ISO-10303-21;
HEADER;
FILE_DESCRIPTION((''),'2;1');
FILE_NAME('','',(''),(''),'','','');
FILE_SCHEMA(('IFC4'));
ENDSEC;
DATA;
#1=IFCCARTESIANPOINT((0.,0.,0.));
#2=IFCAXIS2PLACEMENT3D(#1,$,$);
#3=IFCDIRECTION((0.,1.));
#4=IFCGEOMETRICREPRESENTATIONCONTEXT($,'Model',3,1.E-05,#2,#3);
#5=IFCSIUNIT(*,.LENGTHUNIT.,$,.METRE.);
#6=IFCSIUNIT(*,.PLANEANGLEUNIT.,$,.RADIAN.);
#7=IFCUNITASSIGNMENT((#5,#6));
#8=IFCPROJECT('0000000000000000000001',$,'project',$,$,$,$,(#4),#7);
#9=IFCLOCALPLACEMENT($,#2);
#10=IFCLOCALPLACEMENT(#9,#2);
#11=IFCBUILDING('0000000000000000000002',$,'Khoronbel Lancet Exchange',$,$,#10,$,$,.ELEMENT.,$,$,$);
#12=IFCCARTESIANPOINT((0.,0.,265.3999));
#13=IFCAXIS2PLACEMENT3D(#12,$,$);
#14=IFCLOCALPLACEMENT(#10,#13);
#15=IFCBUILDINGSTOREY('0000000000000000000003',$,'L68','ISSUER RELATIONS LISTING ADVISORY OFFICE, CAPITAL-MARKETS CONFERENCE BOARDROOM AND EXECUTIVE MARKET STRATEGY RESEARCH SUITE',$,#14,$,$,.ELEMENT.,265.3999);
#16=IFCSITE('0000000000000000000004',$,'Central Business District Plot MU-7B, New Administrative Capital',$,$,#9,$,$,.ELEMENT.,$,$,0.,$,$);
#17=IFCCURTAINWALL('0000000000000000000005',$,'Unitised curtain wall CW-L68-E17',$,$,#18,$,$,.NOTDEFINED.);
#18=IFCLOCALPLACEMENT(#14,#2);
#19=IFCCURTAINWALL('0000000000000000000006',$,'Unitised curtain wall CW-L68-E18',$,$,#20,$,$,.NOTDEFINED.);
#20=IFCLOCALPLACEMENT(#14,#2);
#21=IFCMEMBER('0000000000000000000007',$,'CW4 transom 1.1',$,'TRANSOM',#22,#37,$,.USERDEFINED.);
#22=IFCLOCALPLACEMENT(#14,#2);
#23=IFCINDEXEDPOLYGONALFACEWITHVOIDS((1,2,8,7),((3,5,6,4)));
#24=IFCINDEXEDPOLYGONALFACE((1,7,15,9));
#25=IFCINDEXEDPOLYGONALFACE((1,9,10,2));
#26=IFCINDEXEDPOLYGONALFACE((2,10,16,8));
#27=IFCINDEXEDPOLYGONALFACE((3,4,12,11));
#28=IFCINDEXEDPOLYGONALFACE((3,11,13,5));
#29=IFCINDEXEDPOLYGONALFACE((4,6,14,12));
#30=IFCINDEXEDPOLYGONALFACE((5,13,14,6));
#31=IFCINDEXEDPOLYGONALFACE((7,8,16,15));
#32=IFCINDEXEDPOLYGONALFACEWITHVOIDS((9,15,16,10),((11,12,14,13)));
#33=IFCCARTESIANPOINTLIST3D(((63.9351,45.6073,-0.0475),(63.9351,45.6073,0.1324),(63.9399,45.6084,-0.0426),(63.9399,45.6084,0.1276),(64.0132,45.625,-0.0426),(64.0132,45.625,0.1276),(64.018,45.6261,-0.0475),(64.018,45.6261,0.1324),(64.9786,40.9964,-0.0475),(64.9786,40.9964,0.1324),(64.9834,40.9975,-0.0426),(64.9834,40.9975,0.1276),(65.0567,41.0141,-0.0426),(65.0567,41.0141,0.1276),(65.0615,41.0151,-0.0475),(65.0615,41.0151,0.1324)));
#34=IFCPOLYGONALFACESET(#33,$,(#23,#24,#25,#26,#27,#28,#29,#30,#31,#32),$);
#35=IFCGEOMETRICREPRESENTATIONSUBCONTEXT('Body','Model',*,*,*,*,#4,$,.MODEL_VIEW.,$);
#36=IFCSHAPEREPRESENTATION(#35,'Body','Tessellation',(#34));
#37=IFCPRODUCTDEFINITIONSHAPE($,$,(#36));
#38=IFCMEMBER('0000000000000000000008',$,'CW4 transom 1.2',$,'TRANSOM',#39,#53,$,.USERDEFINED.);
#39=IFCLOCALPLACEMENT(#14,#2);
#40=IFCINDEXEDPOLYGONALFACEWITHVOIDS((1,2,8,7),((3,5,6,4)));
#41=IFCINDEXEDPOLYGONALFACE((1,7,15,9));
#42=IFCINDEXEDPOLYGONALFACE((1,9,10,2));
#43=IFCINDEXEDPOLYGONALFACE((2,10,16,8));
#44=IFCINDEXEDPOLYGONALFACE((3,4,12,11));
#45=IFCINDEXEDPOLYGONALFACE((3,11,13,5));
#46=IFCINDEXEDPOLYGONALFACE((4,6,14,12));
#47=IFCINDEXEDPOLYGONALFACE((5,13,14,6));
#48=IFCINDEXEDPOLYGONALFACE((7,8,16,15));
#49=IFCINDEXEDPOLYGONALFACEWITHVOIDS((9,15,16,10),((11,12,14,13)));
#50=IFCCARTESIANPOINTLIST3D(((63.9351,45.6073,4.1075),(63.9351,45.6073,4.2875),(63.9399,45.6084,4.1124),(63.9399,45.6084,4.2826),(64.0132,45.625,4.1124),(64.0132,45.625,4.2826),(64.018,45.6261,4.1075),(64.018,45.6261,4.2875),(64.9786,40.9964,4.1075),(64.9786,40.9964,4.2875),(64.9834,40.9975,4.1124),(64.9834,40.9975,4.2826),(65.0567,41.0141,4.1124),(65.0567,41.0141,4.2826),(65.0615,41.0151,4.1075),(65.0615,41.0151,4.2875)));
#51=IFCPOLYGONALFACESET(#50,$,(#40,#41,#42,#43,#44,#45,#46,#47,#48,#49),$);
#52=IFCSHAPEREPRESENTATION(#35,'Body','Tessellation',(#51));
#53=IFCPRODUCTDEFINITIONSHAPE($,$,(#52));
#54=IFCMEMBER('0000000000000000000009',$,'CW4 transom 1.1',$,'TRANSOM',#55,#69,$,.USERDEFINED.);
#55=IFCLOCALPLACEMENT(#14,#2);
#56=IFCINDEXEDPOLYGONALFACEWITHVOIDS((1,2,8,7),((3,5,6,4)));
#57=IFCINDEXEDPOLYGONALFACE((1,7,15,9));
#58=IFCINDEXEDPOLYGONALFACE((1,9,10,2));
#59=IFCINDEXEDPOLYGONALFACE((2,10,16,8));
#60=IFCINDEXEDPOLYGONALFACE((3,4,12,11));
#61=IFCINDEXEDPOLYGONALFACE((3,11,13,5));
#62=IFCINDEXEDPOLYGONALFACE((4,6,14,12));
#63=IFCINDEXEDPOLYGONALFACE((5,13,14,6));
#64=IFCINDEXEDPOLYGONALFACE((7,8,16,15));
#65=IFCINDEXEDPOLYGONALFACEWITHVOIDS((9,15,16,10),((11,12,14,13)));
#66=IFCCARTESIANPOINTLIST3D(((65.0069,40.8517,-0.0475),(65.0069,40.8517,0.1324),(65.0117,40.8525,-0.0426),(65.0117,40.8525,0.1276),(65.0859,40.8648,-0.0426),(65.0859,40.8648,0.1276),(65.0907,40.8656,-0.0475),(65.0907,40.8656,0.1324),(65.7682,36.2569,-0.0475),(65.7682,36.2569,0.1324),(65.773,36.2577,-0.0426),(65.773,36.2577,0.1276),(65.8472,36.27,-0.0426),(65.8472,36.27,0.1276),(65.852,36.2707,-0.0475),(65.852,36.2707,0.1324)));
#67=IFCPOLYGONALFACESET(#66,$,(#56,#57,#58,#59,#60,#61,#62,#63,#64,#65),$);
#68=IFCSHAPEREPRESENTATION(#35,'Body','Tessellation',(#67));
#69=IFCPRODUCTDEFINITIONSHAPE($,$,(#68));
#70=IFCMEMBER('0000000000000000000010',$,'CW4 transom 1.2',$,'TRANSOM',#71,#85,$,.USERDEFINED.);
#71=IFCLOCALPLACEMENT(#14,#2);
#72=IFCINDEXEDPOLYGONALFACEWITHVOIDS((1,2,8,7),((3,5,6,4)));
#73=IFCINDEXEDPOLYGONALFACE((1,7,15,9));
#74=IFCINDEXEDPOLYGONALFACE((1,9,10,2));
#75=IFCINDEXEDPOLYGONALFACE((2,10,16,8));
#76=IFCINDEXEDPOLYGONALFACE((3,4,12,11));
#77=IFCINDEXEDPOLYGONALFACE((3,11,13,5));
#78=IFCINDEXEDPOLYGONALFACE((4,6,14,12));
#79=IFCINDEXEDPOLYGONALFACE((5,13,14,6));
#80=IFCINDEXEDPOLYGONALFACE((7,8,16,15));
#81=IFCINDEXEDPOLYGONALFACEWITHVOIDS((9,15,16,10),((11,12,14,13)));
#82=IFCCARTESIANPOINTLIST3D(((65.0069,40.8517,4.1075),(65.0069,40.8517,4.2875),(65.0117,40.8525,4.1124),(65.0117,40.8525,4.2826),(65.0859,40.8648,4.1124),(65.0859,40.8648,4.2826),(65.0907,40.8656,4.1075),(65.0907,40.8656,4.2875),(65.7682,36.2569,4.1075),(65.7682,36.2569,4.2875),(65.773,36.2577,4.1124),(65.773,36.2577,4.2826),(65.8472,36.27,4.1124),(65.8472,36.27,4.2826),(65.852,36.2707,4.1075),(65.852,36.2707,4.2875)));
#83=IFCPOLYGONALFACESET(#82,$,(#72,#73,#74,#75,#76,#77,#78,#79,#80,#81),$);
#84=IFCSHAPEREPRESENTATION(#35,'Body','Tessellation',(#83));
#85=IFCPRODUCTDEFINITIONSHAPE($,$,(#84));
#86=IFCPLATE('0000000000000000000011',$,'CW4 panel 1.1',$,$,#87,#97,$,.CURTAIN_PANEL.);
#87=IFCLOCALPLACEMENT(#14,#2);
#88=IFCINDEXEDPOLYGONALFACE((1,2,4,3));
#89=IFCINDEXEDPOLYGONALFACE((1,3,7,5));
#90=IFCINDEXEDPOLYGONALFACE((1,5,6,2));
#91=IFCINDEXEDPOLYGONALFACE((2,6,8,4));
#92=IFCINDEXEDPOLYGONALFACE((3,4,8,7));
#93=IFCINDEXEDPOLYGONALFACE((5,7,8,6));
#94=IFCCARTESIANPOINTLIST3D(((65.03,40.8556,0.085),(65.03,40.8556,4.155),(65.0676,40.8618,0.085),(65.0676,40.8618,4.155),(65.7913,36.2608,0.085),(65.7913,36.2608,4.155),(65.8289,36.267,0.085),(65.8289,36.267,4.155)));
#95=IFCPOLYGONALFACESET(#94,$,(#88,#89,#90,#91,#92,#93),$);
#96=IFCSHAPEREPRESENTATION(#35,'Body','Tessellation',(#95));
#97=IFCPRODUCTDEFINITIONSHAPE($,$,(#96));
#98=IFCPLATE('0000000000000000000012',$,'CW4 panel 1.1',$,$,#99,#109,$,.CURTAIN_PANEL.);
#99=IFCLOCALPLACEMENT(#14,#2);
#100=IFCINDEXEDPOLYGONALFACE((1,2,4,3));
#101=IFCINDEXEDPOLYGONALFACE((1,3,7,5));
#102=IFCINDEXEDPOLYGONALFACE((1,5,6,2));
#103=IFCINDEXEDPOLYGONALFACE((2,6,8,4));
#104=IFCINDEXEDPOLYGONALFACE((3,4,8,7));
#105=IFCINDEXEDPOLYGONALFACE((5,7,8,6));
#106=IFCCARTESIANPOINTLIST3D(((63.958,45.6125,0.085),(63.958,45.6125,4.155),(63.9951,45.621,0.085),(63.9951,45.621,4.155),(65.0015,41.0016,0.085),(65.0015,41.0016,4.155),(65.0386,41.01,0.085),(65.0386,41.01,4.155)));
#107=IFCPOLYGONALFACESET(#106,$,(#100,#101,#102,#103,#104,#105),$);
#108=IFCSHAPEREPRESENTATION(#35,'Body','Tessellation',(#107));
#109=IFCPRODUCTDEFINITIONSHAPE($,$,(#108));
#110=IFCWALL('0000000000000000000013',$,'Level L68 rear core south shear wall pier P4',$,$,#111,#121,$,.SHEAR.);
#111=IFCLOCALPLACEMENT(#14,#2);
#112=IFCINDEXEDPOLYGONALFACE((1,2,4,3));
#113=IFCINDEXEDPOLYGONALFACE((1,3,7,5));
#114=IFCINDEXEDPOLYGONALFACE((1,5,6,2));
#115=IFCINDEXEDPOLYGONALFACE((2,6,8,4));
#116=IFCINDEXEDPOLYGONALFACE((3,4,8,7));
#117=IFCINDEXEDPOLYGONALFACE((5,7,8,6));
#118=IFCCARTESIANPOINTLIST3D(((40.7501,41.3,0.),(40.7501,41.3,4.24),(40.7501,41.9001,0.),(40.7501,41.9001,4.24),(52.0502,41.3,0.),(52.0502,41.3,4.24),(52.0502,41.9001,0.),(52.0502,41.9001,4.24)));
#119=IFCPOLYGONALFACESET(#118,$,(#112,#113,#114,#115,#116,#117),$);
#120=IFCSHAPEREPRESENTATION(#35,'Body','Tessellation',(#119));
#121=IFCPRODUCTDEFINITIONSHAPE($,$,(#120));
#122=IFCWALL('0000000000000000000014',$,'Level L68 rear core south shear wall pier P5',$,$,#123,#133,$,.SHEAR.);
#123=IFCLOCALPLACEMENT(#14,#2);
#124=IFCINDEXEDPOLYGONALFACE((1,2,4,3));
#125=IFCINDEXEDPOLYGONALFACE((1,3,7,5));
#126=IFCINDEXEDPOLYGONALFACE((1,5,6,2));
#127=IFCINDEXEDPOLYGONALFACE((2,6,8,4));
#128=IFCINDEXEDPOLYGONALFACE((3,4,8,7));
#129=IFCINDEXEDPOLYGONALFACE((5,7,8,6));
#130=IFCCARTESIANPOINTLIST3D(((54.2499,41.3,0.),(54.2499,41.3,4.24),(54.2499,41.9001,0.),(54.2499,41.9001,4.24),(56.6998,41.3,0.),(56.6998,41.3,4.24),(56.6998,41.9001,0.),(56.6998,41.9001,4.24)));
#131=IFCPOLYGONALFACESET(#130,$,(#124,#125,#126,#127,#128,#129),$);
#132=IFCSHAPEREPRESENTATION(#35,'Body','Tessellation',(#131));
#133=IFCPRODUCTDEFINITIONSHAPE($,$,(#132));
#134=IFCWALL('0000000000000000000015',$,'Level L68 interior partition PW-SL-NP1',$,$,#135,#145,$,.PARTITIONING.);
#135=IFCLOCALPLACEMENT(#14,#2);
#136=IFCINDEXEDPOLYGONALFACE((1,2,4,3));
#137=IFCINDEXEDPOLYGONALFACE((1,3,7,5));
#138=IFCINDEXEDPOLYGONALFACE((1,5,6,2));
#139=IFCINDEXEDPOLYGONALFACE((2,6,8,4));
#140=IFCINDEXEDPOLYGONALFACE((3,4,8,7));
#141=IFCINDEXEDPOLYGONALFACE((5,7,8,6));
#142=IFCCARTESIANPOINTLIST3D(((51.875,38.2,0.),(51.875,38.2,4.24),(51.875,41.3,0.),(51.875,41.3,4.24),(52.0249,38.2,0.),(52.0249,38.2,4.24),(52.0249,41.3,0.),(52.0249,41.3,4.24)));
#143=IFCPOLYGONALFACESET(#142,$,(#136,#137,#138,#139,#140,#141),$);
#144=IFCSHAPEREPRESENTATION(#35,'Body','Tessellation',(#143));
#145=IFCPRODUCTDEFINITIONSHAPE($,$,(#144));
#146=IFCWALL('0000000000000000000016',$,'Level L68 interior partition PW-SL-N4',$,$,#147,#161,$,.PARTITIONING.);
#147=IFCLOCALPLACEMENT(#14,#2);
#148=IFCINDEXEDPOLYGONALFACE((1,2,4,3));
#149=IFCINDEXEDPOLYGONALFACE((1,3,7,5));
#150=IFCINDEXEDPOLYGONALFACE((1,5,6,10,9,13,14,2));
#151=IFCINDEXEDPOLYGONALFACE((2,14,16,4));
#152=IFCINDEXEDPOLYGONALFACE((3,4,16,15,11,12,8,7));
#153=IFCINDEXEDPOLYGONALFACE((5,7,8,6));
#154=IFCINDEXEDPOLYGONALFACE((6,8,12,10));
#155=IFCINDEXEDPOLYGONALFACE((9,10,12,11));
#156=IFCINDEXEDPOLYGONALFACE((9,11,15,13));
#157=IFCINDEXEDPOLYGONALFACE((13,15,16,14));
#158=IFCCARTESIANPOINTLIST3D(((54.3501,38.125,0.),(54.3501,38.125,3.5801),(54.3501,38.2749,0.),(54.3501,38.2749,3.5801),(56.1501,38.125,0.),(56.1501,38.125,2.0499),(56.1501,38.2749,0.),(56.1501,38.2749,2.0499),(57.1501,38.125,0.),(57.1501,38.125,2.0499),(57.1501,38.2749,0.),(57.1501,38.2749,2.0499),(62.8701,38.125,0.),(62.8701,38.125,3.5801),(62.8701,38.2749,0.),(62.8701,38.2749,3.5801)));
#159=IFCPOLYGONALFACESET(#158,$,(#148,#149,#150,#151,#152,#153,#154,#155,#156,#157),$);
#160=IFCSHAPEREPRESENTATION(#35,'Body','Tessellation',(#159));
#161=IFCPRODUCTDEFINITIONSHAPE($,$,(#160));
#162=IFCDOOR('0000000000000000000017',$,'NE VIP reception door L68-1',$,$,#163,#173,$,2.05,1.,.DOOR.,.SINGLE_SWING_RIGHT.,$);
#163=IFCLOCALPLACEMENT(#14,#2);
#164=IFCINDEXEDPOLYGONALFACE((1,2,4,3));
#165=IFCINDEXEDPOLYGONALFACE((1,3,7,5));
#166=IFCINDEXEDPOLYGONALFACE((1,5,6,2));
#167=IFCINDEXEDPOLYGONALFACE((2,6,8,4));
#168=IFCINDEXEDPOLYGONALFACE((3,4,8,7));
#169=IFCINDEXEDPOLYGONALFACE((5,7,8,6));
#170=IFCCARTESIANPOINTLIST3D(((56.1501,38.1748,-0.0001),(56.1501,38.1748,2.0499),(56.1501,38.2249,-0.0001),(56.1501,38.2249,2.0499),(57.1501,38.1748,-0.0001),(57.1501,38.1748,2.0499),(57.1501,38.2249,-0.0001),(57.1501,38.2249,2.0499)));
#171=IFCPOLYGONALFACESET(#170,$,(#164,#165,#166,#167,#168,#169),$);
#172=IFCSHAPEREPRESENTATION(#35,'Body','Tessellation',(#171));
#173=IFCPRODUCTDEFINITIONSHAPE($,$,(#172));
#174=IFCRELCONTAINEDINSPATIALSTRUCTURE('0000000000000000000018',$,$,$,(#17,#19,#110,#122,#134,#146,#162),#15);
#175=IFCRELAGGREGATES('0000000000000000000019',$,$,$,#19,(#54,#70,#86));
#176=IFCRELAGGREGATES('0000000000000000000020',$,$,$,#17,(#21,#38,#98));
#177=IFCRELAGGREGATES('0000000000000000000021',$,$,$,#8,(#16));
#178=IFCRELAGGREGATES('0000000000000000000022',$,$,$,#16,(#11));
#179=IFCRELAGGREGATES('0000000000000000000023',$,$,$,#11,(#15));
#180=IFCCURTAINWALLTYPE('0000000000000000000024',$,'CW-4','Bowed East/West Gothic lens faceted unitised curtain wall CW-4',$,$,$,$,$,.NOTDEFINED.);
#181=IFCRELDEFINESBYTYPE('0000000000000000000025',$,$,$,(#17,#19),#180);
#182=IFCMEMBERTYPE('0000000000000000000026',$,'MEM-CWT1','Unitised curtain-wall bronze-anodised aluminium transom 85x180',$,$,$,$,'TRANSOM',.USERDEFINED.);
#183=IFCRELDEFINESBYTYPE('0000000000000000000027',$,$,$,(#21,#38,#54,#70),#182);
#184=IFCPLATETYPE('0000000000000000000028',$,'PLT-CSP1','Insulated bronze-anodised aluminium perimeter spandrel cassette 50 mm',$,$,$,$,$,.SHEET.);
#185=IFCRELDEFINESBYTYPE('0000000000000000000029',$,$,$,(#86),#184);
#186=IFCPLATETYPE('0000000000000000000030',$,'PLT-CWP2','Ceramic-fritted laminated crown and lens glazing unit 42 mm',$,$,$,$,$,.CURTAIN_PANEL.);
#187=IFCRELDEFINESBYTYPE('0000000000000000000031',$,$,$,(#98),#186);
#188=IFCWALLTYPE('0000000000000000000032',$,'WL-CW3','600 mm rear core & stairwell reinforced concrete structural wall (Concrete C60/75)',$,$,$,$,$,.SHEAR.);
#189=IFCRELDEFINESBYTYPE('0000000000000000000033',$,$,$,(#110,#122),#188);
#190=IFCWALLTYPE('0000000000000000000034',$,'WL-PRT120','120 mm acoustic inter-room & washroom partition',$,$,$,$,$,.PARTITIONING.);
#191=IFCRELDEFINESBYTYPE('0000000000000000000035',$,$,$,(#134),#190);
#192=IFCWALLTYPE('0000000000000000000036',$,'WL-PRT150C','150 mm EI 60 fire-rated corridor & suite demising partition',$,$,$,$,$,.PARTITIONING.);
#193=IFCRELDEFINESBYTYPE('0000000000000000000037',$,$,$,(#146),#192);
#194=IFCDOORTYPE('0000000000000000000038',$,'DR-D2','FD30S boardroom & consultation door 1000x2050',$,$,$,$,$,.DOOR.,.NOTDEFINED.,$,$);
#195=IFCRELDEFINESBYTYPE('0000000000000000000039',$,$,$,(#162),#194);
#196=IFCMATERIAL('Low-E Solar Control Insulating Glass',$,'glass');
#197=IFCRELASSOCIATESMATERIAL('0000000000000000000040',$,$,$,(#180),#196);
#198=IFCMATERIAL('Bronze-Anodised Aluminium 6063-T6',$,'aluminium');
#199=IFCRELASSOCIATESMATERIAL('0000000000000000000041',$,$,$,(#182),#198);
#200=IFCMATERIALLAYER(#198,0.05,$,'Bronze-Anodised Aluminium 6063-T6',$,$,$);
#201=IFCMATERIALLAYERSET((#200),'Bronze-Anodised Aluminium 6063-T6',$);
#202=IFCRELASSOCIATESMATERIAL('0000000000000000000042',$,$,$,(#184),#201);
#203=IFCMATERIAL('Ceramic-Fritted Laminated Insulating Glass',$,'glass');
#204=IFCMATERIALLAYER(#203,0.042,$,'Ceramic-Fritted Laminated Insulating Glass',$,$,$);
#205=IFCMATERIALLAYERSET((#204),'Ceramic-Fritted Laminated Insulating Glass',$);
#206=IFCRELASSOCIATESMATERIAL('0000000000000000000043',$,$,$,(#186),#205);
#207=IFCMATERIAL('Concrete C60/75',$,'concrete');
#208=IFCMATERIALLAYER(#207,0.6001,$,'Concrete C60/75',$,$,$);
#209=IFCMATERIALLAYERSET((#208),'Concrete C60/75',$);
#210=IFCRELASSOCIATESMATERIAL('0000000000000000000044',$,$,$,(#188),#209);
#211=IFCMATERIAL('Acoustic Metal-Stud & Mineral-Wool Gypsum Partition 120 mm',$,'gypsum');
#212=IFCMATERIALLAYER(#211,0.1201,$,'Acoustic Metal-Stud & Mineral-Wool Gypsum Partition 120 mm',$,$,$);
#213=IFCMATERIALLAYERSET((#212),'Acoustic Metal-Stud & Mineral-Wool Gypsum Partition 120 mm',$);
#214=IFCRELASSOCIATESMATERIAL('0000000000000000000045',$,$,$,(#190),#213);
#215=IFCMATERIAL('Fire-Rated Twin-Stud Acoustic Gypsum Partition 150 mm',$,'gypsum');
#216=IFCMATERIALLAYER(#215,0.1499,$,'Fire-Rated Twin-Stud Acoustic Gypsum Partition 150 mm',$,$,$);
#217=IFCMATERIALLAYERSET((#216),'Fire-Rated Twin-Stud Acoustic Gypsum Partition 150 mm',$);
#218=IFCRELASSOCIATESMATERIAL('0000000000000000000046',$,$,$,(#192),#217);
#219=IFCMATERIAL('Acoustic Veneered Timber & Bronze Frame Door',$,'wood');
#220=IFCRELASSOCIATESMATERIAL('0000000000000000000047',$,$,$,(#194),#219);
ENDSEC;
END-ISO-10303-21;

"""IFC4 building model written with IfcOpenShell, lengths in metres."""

from ifc_helpers import new_model, si_unit, direction, frame, frame_2d, origin, origin_2d, place, context, subcontext, project, spatial, rectangle, hollow_rectangle, extrude, material, layer, layer_set, material_profile, profile_set, type_object, element, fill, aggregate, save


model = new_model("IFC4")

# Units and contexts
model_context = context("Model", 3, precision=1e-05, world=origin(), true_north=direction((0.0, 1.0)))
body_context = subcontext(model_context, "Body", "Model", "MODEL_VIEW")
ifc_project = project(units=[si_unit("LENGTHUNIT", "METRE"), si_unit("PLANEANGLEUNIT", "RADIAN")], contexts=[model_context])

# Site, building, storey
site_placement = place(None, origin())
site = spatial("IfcSite", under=ifc_project, at=site_placement, Name="Central Business District Plot MU-7B, New Administrative Capital", CompositionType="ELEMENT", RefElevation=0.0)
building_placement = place(site_placement, origin())
building = spatial("IfcBuilding", under=site, at=building_placement, Name="Khoronbel Lancet Exchange", CompositionType="ELEMENT")
storey_placement = place(building_placement, frame((0.0, 0.0, 265.3999)))
storey = spatial("IfcBuildingStorey", under=building, at=storey_placement, Name="L68", Description="ISSUER RELATIONS LISTING ADVISORY OFFICE, CAPITAL-MARKETS CONFERENCE BOARDROOM AND EXECUTIVE MARKET STRATEGY RESEARCH SUITE", CompositionType="ELEMENT", Elevation=265.3999)

# Shared definitions
ifc_material_1 = material(Name="Concrete C60/75", Category="concrete")

# Curtain wall
ifc_material_2 = material(Name="Low-E Solar Control Insulating Glass", Category="glass")
curtain_wall_type = type_object("IfcCurtainWallType", Name="CW-4", Description="Bowed East/West Gothic lens faceted unitised curtain wall CW-4", PredefinedType="NOTDEFINED", material=ifc_material_2)
curtain_wall_1_placement = place(storey_placement, origin())
curtain_wall_1 = element("IfcCurtainWall", 1, at=curtain_wall_1_placement, inside=storey, type_object=curtain_wall_type, Name="Unitised curtain wall CW-L68-E17", PredefinedType="NOTDEFINED")
ifc_material_3 = material(Name="Bronze-Anodised Aluminium 6063-T6", Category="aluminium")

# Curtain wall
curtain_wall_2_placement = place(storey_placement, origin())
curtain_wall_2 = element("IfcCurtainWall", 2, at=curtain_wall_2_placement, inside=storey, type_object=curtain_wall_type, Name="Unitised curtain wall CW-L68-E18", PredefinedType="NOTDEFINED")

# Members
ifc_material_profile_1 = material_profile(ifc_material_3, hollow_rectangle(XDim=0.085, YDim=0.1799, WallThickness=0.0049, at=origin_2d()), Name="ALU TRANSOM 85x180")
ifc_profile_set_1 = profile_set([ifc_material_profile_1], Name="Bronze-Anodised Aluminium 6063-T6")
member_type_1 = type_object("IfcMemberType", Name="MEM-CWT1", Description="Unitised curtain-wall bronze-anodised aluminium transom 85x180", ElementType="TRANSOM", PredefinedType="USERDEFINED", material=ifc_profile_set_1)
member_1_placement = place(storey_placement, frame((63.9766, 45.6167, 0.0425), z_axis=(0.220724, -0.975336, 0.0), x_axis=(0.975336, 0.220724, 0.0)))
member_1 = element("IfcMember", 3, at=member_1_placement, type_object=member_type_1, Name="CW4 transom 1.1", ObjectType="TRANSOM", PredefinedType="USERDEFINED", context=body_context, shape_type="SweptSolid", body=[
    extrude(hollow_rectangle(XDim=0.085, YDim=0.1799, WallThickness=0.0049, at=origin_2d()), origin(), (0.0, 0.0, 1.0), 4.7275),
])
member_2_placement = place(storey_placement, frame((63.9766, 45.6167, 4.1975), z_axis=(0.220724, -0.975336, 0.0), x_axis=(0.975336, 0.220724, 0.0)))
member_2 = element("IfcMember", 4, at=member_2_placement, type_object=member_type_1, Name="CW4 transom 1.2", ObjectType="TRANSOM", PredefinedType="USERDEFINED", context=body_context, shape_type="SweptSolid", body=[
    extrude(hollow_rectangle(XDim=0.085, YDim=0.1799, WallThickness=0.0049, at=origin_2d()), origin(), (0.0, 0.0, 1.0), 4.7275),
])
member_3_placement = place(storey_placement, frame((65.0488, 40.8586, 0.0425), z_axis=(0.163447, -0.986552, 0.0), x_axis=(0.986552, 0.163447, 0.0)))
member_3 = element("IfcMember", 5, at=member_3_placement, type_object=member_type_1, Name="CW4 transom 1.1", ObjectType="TRANSOM", PredefinedType="USERDEFINED", context=body_context, shape_type="SweptSolid", body=[
    extrude(hollow_rectangle(XDim=0.085, YDim=0.1799, WallThickness=0.0049, at=origin_2d()), origin(), (0.0, 0.0, 1.0), 4.6575),
])
member_4_placement = place(storey_placement, frame((65.0488, 40.8586, 4.1975), z_axis=(0.163447, -0.986552, 0.0), x_axis=(0.986552, 0.163447, 0.0)))
member_4 = element("IfcMember", 6, at=member_4_placement, type_object=member_type_1, Name="CW4 transom 1.2", ObjectType="TRANSOM", PredefinedType="USERDEFINED", context=body_context, shape_type="SweptSolid", body=[
    extrude(hollow_rectangle(XDim=0.085, YDim=0.1799, WallThickness=0.0049, at=origin_2d()), origin(), (0.0, 0.0, 1.0), 4.6575),
])

# Plates
ifc_layer_1 = layer(ifc_material_3, 0.05, Name="Bronze-Anodised Aluminium 6063-T6")
ifc_layer_set_1 = layer_set([ifc_layer_1], Name="Bronze-Anodised Aluminium 6063-T6")
plate_type_1 = type_object("IfcPlateType", Name="PLT-CSP1", Description="Insulated bronze-anodised aluminium perimeter spandrel cassette 50 mm", PredefinedType="SHEET", material=ifc_layer_set_1)
plate_1_placement = place(storey_placement, frame((65.4294, 38.5613, 0.085), z_axis=(0.0, 0.0, 1.0), x_axis=(0.163454, -0.986551, 0.0)))
plate_1 = element("IfcPlate", 7, at=plate_1_placement, type_object=plate_type_1, Name="CW4 panel 1.1", PredefinedType="CURTAIN_PANEL", context=body_context, shape_type="SweptSolid", body=[
    extrude(rectangle(XDim=4.6575, YDim=0.0381, at=origin_2d()), origin(), (0.0, 0.0, 1.0), 4.0701),
])
aggregate(curtain_wall_2, [member_3, member_4, plate_1])
ifc_material_4 = material(Name="Ceramic-Fritted Laminated Insulating Glass", Category="glass")
ifc_layer_2 = layer(ifc_material_4, 0.042, Name="Ceramic-Fritted Laminated Insulating Glass")
ifc_layer_set_2 = layer_set([ifc_layer_2], Name="Ceramic-Fritted Laminated Insulating Glass")
plate_type_2 = type_object("IfcPlateType", Name="PLT-CWP2", Description="Ceramic-fritted laminated crown and lens glazing unit 42 mm", PredefinedType="CURTAIN_PANEL", material=ifc_layer_set_2)
plate_2_placement = place(storey_placement, frame((64.4983, 43.3113, 0.085), z_axis=(0.0, 0.0, 1.0), x_axis=(0.220728, -0.975335, 0.0)))
plate_2 = element("IfcPlate", 8, at=plate_2_placement, type_object=plate_type_2, Name="CW4 panel 1.1", PredefinedType="CURTAIN_PANEL", context=body_context, shape_type="SweptSolid", body=[
    extrude(rectangle(XDim=4.7275, YDim=0.0381, at=origin_2d()), origin(), (0.0, 0.0, 1.0), 4.0701),
])
aggregate(curtain_wall_1, [member_1, member_2, plate_2])

# Walls
ifc_layer_3 = layer(ifc_material_1, 0.6001, Name="Concrete C60/75")
ifc_layer_set_3 = layer_set([ifc_layer_3], Name="Concrete C60/75")
wall_type_1 = type_object("IfcWallType", Name="WL-CW3", Description="600 mm rear core & stairwell reinforced concrete structural wall (Concrete C60/75)", PredefinedType="SHEAR", material=ifc_layer_set_3)
wall_1_placement = place(storey_placement, frame((52.05, 41.6001, 0.0), z_axis=(0.0, 0.0, 1.0), x_axis=(-1.0, 0.0, 0.0)))
element("IfcWall", 9, at=wall_1_placement, inside=storey, type_object=wall_type_1, Name="Level L68 rear core south shear wall pier P4", PredefinedType="SHEAR", context=body_context, shape_type="SweptSolid", body=[
    extrude(rectangle(XDim=11.3, YDim=0.6001, at=frame_2d((5.6499, 0.0))), origin(), (0.0, 0.0, 1.0), 4.24),
])
wall_2_placement = place(storey_placement, frame((56.7, 41.6001, 0.0), z_axis=(0.0, 0.0, 1.0), x_axis=(-1.0, 0.0, 0.0)))
element("IfcWall", 10, at=wall_2_placement, inside=storey, type_object=wall_type_1, Name="Level L68 rear core south shear wall pier P5", PredefinedType="SHEAR", context=body_context, shape_type="SweptSolid", body=[
    extrude(rectangle(XDim=2.45, YDim=0.6001, at=frame_2d((1.2251, 0.0))), origin(), (0.0, 0.0, 1.0), 4.24),
])
ifc_material_5 = material(Name="Acoustic Metal-Stud & Mineral-Wool Gypsum Partition 120 mm", Category="gypsum")
ifc_layer_4 = layer(ifc_material_5, 0.1201, Name="Acoustic Metal-Stud & Mineral-Wool Gypsum Partition 120 mm")
ifc_layer_set_4 = layer_set([ifc_layer_4], Name="Acoustic Metal-Stud & Mineral-Wool Gypsum Partition 120 mm")
wall_type_2 = type_object("IfcWallType", Name="WL-PRT120", Description="120 mm acoustic inter-room & washroom partition", PredefinedType="PARTITIONING", material=ifc_layer_set_4)
wall_3_placement = place(storey_placement, frame((51.95, 38.2, 0.0), z_axis=(0.0, 0.0, 1.0), x_axis=(0.0, 1.0, 0.0)))
element("IfcWall", 11, at=wall_3_placement, inside=storey, type_object=wall_type_2, Name="Level L68 interior partition PW-SL-NP1", PredefinedType="PARTITIONING", context=body_context, shape_type="SweptSolid", body=[
    extrude(rectangle(XDim=3.1001, YDim=0.1499, at=frame_2d((1.55, 0.0))), origin(), (0.0, 0.0, 1.0), 4.24),
])

# Wall, opening, door
ifc_material_6 = material(Name="Fire-Rated Twin-Stud Acoustic Gypsum Partition 150 mm", Category="gypsum")
ifc_layer_5 = layer(ifc_material_6, 0.1499, Name="Fire-Rated Twin-Stud Acoustic Gypsum Partition 150 mm")
ifc_layer_set_5 = layer_set([ifc_layer_5], Name="Fire-Rated Twin-Stud Acoustic Gypsum Partition 150 mm")
wall_type_3 = type_object("IfcWallType", Name="WL-PRT150C", Description="150 mm EI 60 fire-rated corridor & suite demising partition", PredefinedType="PARTITIONING", material=ifc_layer_set_5)
wall_4_placement = place(storey_placement, frame((54.3501, 38.2, 0.0), z_axis=(0.0, 0.0, 1.0), x_axis=(1.0, 0.0, 0.0)))
wall_4 = element("IfcWall", 12, at=wall_4_placement, inside=storey, type_object=wall_type_3, Name="Level L68 interior partition PW-SL-N4", PredefinedType="PARTITIONING", context=body_context, shape_type="SweptSolid", body=[
    extrude(rectangle(XDim=8.52, YDim=0.1499, at=frame_2d((4.26, 0.0))), origin(), (0.0, 0.0, 1.0), 3.5801),
])
opening_1_placement = place(wall_4_placement, frame((1.8, 0.0, 0.0)))
opening_1 = element("IfcOpeningElement", 13, at=opening_1_placement, cuts=wall_4, PredefinedType="OPENING", context=body_context, shape_type="SweptSolid", body=[
    extrude(rectangle(XDim=1.0, YDim=2.05, at=frame_2d((0.5, 1.0249))), frame((0.0, 0.085, 0.0), z_axis=(0.0, -1.0, 0.0), x_axis=(1.0, 0.0, 0.0)), (0.0, 0.0, 1.0), 0.1699),
])
ifc_material_7 = material(Name="Acoustic Veneered Timber & Bronze Frame Door", Category="wood")
door_type_1 = type_object("IfcDoorType", Name="DR-D2", Description="FD30S boardroom & consultation door 1000x2050", OperationType="NOTDEFINED", PredefinedType="DOOR", material=ifc_material_7)
door_1_placement = place(opening_1_placement, origin())
door_1 = element("IfcDoor", 14, at=door_1_placement, inside=storey, type_object=door_type_1, Name="NE VIP reception door L68-1", OperationType="SINGLE_SWING_RIGHT", OverallHeight=2.05, OverallWidth=1.0, PredefinedType="DOOR", context=body_context, shape_type="SweptSolid", body=[
    extrude(rectangle(XDim=1.0, YDim=2.05, at=frame_2d((0.5, 1.0249))), frame((0.0, 0.0249, 0.0), z_axis=(0.0, -1.0, 0.0), x_axis=(1.0, 0.0, 0.0)), (0.0, 0.0, 1.0), 0.05),
])
fill(opening_1, door_1)

save(model, "model.ifc")
